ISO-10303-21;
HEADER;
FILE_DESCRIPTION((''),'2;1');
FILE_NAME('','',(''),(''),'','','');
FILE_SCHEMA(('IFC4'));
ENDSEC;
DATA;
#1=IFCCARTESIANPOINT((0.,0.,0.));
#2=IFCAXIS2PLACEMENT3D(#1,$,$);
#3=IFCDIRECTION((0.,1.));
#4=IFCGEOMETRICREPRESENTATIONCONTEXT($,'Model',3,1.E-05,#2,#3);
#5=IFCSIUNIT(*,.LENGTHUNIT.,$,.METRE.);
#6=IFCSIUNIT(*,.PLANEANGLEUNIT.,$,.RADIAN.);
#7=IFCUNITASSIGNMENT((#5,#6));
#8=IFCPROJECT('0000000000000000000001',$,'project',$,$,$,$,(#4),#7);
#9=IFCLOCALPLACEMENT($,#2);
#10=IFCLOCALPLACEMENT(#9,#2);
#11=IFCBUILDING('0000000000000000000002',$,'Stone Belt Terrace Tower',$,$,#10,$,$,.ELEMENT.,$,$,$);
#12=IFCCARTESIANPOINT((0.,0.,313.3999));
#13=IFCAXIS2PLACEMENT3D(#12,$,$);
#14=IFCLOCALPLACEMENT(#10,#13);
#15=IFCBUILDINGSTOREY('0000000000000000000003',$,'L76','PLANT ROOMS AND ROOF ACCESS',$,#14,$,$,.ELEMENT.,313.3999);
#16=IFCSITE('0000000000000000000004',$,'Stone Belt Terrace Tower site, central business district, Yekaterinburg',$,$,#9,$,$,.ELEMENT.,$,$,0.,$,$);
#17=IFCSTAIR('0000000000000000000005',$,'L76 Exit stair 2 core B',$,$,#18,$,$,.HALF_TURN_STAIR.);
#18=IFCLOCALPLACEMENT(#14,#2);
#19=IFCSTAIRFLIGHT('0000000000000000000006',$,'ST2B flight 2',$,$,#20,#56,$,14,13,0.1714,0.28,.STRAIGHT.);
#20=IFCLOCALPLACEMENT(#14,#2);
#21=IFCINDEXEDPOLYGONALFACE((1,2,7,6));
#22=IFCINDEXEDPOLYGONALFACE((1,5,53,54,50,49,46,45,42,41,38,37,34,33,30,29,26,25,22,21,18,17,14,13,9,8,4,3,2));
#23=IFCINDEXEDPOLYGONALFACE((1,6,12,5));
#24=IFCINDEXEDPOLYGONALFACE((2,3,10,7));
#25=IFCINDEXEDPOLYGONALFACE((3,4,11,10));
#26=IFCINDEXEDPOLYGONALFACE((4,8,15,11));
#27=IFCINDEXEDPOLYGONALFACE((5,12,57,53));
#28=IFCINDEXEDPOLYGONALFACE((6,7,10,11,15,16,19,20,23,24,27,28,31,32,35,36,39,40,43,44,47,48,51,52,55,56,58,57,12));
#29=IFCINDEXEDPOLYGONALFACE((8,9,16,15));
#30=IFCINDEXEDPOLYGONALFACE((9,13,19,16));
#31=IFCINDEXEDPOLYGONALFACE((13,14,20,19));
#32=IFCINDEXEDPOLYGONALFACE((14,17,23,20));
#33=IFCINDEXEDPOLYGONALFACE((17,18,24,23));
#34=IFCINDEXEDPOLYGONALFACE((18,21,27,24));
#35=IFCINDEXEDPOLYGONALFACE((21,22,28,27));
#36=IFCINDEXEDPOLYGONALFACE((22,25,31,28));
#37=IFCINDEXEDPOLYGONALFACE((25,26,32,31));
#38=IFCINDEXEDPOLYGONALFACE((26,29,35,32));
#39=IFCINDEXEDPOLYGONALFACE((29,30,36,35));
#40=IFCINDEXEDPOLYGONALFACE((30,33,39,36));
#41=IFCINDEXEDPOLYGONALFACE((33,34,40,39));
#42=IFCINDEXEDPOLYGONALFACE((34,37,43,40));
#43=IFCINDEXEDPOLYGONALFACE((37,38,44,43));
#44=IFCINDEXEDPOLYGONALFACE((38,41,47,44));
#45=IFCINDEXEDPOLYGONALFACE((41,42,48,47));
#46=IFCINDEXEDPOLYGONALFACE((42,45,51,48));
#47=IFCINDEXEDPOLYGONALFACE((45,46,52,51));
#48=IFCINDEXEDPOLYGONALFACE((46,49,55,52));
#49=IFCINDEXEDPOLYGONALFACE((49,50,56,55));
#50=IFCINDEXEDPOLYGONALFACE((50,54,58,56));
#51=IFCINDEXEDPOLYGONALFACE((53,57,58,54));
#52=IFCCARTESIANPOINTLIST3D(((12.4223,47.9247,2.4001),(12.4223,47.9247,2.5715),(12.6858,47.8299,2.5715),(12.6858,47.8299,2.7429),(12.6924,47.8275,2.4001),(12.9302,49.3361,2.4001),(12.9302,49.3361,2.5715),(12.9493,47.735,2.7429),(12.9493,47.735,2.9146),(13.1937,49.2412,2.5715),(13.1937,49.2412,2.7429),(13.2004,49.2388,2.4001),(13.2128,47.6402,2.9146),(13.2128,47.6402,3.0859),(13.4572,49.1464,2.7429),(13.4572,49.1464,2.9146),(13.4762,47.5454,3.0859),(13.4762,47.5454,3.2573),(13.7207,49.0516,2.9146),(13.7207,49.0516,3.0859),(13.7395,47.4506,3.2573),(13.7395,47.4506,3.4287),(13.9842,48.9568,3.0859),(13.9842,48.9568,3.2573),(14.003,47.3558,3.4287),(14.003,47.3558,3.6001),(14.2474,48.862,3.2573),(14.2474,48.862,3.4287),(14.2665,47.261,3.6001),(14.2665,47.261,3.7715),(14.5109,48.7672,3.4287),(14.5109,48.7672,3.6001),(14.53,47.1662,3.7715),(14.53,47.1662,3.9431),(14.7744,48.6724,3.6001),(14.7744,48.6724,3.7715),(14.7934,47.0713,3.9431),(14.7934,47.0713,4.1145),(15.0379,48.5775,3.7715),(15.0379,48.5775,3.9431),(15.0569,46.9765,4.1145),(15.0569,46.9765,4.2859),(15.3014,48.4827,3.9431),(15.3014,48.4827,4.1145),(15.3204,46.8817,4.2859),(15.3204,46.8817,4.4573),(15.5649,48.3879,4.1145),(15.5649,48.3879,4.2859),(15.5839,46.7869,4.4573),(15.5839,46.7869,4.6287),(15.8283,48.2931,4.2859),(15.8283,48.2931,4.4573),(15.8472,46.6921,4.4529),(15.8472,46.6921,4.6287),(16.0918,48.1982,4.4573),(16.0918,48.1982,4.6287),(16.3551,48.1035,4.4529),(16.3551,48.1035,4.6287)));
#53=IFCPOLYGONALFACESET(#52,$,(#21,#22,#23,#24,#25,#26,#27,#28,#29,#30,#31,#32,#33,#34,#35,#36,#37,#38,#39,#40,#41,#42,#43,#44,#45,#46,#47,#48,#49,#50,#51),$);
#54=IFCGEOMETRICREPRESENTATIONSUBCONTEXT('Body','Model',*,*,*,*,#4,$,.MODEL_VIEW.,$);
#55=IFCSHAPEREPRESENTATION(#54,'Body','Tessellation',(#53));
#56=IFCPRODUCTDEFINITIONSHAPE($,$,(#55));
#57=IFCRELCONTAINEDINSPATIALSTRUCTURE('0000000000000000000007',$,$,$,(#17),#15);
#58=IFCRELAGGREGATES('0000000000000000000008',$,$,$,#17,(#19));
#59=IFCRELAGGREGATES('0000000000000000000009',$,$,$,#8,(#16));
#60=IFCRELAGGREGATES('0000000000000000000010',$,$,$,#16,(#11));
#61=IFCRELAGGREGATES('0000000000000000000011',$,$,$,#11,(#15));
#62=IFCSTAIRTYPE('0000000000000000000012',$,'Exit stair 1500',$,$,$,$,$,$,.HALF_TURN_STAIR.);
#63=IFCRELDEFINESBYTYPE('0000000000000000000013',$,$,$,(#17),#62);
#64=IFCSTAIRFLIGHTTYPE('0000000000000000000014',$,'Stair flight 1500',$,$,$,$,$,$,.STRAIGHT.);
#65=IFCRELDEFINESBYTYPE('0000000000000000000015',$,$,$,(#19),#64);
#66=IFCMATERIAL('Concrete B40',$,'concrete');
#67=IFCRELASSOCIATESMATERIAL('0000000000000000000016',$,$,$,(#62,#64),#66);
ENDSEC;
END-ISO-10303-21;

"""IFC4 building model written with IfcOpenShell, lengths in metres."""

from ifc_helpers import new_model, si_unit, direction, frame, origin, place, context, subcontext, project, spatial, polyline, outline, extrude, material, type_object, element, aggregate, save


model = new_model("IFC4")

# Units and contexts
model_context = context("Model", 3, precision=1e-05, world=origin(), true_north=direction((0.0, 1.0)))
body_context = subcontext(model_context, "Body", "Model", "MODEL_VIEW")
ifc_project = project(units=[si_unit("LENGTHUNIT", "METRE"), si_unit("PLANEANGLEUNIT", "RADIAN")], contexts=[model_context])

# Site, building, storey
site_placement = place(None, origin())
site = spatial("IfcSite", under=ifc_project, at=site_placement, Name="Stone Belt Terrace Tower site, central business district, Yekaterinburg", CompositionType="ELEMENT", RefElevation=0.0)
building_placement = place(site_placement, origin())
building = spatial("IfcBuilding", under=site, at=building_placement, Name="Stone Belt Terrace Tower", CompositionType="ELEMENT")
storey_placement = place(building_placement, frame((0.0, 0.0, 313.3999)))
storey = spatial("IfcBuildingStorey", under=building, at=storey_placement, Name="L76", Description="PLANT ROOMS AND ROOF ACCESS", CompositionType="ELEMENT", Elevation=313.3999)

# Stair, stair flight
ifc_material_1 = material(Name="Concrete B40", Category="concrete")
stair_type = type_object("IfcStairType", Name="Exit stair 1500", PredefinedType="HALF_TURN_STAIR", material=ifc_material_1)
stair_placement = place(storey_placement, origin())
stair = element("IfcStair", 1, at=stair_placement, inside=storey, type_object=stair_type, Name="L76 Exit stair 2 core B", PredefinedType="HALF_TURN_STAIR")
stair_flight_type = type_object("IfcStairFlightType", Name="Stair flight 1500", PredefinedType="STRAIGHT", material=ifc_material_1)
stair_flight_placement = place(storey_placement, frame((12.6763, 48.6304, 2.4001), z_axis=(0.0, 0.0, 1.0), x_axis=(0.940922, -0.338624, 0.0)))
stair_flight = element("IfcStairFlight", 2, at=stair_flight_placement, type_object=stair_flight_type, Name="ST2B flight 2", NumberOfRisers=14, NumberOfTreads=13, PredefinedType="STRAIGHT", RiserHeight=0.1714, TreadLength=0.28, context=body_context, shape_type="SweptSolid", body=[
    extrude(outline(polyline([(0.0, 0.0), (0.0, 0.1714), (0.28, 0.1714), (0.28, 0.3428), (0.5601, 0.3428), (0.5601, 0.5144), (0.8401, 0.5144), (0.8401, 0.6858), (1.1201, 0.6858), (1.1201, 0.8572), (1.3999, 0.8572), (1.3999, 1.0286), (1.6799, 1.0286), (1.6799, 1.2), (1.96, 1.2), (1.96, 1.3713), (2.24, 1.3713), (2.24, 1.543), (2.52, 1.543), (2.52, 1.7144), (2.8, 1.7144), (2.8, 1.8857), (3.0801, 1.8857), (3.0801, 2.0571), (3.3601, 2.0571), (3.3601, 2.2285), (3.6399, 2.2285), (3.6399, 2.3999), (3.6399, 2.0527), (0.2871, 0.0), (0.0, 0.0)])), frame((0.0, 0.75, 0.0), z_axis=(0.0, -1.0, 0.0), x_axis=(1.0, 0.0, 0.0)), (0.0, 0.0, 1.0), 1.5),
])
aggregate(stair, [stair_flight])

save(model, "model.ifc")
